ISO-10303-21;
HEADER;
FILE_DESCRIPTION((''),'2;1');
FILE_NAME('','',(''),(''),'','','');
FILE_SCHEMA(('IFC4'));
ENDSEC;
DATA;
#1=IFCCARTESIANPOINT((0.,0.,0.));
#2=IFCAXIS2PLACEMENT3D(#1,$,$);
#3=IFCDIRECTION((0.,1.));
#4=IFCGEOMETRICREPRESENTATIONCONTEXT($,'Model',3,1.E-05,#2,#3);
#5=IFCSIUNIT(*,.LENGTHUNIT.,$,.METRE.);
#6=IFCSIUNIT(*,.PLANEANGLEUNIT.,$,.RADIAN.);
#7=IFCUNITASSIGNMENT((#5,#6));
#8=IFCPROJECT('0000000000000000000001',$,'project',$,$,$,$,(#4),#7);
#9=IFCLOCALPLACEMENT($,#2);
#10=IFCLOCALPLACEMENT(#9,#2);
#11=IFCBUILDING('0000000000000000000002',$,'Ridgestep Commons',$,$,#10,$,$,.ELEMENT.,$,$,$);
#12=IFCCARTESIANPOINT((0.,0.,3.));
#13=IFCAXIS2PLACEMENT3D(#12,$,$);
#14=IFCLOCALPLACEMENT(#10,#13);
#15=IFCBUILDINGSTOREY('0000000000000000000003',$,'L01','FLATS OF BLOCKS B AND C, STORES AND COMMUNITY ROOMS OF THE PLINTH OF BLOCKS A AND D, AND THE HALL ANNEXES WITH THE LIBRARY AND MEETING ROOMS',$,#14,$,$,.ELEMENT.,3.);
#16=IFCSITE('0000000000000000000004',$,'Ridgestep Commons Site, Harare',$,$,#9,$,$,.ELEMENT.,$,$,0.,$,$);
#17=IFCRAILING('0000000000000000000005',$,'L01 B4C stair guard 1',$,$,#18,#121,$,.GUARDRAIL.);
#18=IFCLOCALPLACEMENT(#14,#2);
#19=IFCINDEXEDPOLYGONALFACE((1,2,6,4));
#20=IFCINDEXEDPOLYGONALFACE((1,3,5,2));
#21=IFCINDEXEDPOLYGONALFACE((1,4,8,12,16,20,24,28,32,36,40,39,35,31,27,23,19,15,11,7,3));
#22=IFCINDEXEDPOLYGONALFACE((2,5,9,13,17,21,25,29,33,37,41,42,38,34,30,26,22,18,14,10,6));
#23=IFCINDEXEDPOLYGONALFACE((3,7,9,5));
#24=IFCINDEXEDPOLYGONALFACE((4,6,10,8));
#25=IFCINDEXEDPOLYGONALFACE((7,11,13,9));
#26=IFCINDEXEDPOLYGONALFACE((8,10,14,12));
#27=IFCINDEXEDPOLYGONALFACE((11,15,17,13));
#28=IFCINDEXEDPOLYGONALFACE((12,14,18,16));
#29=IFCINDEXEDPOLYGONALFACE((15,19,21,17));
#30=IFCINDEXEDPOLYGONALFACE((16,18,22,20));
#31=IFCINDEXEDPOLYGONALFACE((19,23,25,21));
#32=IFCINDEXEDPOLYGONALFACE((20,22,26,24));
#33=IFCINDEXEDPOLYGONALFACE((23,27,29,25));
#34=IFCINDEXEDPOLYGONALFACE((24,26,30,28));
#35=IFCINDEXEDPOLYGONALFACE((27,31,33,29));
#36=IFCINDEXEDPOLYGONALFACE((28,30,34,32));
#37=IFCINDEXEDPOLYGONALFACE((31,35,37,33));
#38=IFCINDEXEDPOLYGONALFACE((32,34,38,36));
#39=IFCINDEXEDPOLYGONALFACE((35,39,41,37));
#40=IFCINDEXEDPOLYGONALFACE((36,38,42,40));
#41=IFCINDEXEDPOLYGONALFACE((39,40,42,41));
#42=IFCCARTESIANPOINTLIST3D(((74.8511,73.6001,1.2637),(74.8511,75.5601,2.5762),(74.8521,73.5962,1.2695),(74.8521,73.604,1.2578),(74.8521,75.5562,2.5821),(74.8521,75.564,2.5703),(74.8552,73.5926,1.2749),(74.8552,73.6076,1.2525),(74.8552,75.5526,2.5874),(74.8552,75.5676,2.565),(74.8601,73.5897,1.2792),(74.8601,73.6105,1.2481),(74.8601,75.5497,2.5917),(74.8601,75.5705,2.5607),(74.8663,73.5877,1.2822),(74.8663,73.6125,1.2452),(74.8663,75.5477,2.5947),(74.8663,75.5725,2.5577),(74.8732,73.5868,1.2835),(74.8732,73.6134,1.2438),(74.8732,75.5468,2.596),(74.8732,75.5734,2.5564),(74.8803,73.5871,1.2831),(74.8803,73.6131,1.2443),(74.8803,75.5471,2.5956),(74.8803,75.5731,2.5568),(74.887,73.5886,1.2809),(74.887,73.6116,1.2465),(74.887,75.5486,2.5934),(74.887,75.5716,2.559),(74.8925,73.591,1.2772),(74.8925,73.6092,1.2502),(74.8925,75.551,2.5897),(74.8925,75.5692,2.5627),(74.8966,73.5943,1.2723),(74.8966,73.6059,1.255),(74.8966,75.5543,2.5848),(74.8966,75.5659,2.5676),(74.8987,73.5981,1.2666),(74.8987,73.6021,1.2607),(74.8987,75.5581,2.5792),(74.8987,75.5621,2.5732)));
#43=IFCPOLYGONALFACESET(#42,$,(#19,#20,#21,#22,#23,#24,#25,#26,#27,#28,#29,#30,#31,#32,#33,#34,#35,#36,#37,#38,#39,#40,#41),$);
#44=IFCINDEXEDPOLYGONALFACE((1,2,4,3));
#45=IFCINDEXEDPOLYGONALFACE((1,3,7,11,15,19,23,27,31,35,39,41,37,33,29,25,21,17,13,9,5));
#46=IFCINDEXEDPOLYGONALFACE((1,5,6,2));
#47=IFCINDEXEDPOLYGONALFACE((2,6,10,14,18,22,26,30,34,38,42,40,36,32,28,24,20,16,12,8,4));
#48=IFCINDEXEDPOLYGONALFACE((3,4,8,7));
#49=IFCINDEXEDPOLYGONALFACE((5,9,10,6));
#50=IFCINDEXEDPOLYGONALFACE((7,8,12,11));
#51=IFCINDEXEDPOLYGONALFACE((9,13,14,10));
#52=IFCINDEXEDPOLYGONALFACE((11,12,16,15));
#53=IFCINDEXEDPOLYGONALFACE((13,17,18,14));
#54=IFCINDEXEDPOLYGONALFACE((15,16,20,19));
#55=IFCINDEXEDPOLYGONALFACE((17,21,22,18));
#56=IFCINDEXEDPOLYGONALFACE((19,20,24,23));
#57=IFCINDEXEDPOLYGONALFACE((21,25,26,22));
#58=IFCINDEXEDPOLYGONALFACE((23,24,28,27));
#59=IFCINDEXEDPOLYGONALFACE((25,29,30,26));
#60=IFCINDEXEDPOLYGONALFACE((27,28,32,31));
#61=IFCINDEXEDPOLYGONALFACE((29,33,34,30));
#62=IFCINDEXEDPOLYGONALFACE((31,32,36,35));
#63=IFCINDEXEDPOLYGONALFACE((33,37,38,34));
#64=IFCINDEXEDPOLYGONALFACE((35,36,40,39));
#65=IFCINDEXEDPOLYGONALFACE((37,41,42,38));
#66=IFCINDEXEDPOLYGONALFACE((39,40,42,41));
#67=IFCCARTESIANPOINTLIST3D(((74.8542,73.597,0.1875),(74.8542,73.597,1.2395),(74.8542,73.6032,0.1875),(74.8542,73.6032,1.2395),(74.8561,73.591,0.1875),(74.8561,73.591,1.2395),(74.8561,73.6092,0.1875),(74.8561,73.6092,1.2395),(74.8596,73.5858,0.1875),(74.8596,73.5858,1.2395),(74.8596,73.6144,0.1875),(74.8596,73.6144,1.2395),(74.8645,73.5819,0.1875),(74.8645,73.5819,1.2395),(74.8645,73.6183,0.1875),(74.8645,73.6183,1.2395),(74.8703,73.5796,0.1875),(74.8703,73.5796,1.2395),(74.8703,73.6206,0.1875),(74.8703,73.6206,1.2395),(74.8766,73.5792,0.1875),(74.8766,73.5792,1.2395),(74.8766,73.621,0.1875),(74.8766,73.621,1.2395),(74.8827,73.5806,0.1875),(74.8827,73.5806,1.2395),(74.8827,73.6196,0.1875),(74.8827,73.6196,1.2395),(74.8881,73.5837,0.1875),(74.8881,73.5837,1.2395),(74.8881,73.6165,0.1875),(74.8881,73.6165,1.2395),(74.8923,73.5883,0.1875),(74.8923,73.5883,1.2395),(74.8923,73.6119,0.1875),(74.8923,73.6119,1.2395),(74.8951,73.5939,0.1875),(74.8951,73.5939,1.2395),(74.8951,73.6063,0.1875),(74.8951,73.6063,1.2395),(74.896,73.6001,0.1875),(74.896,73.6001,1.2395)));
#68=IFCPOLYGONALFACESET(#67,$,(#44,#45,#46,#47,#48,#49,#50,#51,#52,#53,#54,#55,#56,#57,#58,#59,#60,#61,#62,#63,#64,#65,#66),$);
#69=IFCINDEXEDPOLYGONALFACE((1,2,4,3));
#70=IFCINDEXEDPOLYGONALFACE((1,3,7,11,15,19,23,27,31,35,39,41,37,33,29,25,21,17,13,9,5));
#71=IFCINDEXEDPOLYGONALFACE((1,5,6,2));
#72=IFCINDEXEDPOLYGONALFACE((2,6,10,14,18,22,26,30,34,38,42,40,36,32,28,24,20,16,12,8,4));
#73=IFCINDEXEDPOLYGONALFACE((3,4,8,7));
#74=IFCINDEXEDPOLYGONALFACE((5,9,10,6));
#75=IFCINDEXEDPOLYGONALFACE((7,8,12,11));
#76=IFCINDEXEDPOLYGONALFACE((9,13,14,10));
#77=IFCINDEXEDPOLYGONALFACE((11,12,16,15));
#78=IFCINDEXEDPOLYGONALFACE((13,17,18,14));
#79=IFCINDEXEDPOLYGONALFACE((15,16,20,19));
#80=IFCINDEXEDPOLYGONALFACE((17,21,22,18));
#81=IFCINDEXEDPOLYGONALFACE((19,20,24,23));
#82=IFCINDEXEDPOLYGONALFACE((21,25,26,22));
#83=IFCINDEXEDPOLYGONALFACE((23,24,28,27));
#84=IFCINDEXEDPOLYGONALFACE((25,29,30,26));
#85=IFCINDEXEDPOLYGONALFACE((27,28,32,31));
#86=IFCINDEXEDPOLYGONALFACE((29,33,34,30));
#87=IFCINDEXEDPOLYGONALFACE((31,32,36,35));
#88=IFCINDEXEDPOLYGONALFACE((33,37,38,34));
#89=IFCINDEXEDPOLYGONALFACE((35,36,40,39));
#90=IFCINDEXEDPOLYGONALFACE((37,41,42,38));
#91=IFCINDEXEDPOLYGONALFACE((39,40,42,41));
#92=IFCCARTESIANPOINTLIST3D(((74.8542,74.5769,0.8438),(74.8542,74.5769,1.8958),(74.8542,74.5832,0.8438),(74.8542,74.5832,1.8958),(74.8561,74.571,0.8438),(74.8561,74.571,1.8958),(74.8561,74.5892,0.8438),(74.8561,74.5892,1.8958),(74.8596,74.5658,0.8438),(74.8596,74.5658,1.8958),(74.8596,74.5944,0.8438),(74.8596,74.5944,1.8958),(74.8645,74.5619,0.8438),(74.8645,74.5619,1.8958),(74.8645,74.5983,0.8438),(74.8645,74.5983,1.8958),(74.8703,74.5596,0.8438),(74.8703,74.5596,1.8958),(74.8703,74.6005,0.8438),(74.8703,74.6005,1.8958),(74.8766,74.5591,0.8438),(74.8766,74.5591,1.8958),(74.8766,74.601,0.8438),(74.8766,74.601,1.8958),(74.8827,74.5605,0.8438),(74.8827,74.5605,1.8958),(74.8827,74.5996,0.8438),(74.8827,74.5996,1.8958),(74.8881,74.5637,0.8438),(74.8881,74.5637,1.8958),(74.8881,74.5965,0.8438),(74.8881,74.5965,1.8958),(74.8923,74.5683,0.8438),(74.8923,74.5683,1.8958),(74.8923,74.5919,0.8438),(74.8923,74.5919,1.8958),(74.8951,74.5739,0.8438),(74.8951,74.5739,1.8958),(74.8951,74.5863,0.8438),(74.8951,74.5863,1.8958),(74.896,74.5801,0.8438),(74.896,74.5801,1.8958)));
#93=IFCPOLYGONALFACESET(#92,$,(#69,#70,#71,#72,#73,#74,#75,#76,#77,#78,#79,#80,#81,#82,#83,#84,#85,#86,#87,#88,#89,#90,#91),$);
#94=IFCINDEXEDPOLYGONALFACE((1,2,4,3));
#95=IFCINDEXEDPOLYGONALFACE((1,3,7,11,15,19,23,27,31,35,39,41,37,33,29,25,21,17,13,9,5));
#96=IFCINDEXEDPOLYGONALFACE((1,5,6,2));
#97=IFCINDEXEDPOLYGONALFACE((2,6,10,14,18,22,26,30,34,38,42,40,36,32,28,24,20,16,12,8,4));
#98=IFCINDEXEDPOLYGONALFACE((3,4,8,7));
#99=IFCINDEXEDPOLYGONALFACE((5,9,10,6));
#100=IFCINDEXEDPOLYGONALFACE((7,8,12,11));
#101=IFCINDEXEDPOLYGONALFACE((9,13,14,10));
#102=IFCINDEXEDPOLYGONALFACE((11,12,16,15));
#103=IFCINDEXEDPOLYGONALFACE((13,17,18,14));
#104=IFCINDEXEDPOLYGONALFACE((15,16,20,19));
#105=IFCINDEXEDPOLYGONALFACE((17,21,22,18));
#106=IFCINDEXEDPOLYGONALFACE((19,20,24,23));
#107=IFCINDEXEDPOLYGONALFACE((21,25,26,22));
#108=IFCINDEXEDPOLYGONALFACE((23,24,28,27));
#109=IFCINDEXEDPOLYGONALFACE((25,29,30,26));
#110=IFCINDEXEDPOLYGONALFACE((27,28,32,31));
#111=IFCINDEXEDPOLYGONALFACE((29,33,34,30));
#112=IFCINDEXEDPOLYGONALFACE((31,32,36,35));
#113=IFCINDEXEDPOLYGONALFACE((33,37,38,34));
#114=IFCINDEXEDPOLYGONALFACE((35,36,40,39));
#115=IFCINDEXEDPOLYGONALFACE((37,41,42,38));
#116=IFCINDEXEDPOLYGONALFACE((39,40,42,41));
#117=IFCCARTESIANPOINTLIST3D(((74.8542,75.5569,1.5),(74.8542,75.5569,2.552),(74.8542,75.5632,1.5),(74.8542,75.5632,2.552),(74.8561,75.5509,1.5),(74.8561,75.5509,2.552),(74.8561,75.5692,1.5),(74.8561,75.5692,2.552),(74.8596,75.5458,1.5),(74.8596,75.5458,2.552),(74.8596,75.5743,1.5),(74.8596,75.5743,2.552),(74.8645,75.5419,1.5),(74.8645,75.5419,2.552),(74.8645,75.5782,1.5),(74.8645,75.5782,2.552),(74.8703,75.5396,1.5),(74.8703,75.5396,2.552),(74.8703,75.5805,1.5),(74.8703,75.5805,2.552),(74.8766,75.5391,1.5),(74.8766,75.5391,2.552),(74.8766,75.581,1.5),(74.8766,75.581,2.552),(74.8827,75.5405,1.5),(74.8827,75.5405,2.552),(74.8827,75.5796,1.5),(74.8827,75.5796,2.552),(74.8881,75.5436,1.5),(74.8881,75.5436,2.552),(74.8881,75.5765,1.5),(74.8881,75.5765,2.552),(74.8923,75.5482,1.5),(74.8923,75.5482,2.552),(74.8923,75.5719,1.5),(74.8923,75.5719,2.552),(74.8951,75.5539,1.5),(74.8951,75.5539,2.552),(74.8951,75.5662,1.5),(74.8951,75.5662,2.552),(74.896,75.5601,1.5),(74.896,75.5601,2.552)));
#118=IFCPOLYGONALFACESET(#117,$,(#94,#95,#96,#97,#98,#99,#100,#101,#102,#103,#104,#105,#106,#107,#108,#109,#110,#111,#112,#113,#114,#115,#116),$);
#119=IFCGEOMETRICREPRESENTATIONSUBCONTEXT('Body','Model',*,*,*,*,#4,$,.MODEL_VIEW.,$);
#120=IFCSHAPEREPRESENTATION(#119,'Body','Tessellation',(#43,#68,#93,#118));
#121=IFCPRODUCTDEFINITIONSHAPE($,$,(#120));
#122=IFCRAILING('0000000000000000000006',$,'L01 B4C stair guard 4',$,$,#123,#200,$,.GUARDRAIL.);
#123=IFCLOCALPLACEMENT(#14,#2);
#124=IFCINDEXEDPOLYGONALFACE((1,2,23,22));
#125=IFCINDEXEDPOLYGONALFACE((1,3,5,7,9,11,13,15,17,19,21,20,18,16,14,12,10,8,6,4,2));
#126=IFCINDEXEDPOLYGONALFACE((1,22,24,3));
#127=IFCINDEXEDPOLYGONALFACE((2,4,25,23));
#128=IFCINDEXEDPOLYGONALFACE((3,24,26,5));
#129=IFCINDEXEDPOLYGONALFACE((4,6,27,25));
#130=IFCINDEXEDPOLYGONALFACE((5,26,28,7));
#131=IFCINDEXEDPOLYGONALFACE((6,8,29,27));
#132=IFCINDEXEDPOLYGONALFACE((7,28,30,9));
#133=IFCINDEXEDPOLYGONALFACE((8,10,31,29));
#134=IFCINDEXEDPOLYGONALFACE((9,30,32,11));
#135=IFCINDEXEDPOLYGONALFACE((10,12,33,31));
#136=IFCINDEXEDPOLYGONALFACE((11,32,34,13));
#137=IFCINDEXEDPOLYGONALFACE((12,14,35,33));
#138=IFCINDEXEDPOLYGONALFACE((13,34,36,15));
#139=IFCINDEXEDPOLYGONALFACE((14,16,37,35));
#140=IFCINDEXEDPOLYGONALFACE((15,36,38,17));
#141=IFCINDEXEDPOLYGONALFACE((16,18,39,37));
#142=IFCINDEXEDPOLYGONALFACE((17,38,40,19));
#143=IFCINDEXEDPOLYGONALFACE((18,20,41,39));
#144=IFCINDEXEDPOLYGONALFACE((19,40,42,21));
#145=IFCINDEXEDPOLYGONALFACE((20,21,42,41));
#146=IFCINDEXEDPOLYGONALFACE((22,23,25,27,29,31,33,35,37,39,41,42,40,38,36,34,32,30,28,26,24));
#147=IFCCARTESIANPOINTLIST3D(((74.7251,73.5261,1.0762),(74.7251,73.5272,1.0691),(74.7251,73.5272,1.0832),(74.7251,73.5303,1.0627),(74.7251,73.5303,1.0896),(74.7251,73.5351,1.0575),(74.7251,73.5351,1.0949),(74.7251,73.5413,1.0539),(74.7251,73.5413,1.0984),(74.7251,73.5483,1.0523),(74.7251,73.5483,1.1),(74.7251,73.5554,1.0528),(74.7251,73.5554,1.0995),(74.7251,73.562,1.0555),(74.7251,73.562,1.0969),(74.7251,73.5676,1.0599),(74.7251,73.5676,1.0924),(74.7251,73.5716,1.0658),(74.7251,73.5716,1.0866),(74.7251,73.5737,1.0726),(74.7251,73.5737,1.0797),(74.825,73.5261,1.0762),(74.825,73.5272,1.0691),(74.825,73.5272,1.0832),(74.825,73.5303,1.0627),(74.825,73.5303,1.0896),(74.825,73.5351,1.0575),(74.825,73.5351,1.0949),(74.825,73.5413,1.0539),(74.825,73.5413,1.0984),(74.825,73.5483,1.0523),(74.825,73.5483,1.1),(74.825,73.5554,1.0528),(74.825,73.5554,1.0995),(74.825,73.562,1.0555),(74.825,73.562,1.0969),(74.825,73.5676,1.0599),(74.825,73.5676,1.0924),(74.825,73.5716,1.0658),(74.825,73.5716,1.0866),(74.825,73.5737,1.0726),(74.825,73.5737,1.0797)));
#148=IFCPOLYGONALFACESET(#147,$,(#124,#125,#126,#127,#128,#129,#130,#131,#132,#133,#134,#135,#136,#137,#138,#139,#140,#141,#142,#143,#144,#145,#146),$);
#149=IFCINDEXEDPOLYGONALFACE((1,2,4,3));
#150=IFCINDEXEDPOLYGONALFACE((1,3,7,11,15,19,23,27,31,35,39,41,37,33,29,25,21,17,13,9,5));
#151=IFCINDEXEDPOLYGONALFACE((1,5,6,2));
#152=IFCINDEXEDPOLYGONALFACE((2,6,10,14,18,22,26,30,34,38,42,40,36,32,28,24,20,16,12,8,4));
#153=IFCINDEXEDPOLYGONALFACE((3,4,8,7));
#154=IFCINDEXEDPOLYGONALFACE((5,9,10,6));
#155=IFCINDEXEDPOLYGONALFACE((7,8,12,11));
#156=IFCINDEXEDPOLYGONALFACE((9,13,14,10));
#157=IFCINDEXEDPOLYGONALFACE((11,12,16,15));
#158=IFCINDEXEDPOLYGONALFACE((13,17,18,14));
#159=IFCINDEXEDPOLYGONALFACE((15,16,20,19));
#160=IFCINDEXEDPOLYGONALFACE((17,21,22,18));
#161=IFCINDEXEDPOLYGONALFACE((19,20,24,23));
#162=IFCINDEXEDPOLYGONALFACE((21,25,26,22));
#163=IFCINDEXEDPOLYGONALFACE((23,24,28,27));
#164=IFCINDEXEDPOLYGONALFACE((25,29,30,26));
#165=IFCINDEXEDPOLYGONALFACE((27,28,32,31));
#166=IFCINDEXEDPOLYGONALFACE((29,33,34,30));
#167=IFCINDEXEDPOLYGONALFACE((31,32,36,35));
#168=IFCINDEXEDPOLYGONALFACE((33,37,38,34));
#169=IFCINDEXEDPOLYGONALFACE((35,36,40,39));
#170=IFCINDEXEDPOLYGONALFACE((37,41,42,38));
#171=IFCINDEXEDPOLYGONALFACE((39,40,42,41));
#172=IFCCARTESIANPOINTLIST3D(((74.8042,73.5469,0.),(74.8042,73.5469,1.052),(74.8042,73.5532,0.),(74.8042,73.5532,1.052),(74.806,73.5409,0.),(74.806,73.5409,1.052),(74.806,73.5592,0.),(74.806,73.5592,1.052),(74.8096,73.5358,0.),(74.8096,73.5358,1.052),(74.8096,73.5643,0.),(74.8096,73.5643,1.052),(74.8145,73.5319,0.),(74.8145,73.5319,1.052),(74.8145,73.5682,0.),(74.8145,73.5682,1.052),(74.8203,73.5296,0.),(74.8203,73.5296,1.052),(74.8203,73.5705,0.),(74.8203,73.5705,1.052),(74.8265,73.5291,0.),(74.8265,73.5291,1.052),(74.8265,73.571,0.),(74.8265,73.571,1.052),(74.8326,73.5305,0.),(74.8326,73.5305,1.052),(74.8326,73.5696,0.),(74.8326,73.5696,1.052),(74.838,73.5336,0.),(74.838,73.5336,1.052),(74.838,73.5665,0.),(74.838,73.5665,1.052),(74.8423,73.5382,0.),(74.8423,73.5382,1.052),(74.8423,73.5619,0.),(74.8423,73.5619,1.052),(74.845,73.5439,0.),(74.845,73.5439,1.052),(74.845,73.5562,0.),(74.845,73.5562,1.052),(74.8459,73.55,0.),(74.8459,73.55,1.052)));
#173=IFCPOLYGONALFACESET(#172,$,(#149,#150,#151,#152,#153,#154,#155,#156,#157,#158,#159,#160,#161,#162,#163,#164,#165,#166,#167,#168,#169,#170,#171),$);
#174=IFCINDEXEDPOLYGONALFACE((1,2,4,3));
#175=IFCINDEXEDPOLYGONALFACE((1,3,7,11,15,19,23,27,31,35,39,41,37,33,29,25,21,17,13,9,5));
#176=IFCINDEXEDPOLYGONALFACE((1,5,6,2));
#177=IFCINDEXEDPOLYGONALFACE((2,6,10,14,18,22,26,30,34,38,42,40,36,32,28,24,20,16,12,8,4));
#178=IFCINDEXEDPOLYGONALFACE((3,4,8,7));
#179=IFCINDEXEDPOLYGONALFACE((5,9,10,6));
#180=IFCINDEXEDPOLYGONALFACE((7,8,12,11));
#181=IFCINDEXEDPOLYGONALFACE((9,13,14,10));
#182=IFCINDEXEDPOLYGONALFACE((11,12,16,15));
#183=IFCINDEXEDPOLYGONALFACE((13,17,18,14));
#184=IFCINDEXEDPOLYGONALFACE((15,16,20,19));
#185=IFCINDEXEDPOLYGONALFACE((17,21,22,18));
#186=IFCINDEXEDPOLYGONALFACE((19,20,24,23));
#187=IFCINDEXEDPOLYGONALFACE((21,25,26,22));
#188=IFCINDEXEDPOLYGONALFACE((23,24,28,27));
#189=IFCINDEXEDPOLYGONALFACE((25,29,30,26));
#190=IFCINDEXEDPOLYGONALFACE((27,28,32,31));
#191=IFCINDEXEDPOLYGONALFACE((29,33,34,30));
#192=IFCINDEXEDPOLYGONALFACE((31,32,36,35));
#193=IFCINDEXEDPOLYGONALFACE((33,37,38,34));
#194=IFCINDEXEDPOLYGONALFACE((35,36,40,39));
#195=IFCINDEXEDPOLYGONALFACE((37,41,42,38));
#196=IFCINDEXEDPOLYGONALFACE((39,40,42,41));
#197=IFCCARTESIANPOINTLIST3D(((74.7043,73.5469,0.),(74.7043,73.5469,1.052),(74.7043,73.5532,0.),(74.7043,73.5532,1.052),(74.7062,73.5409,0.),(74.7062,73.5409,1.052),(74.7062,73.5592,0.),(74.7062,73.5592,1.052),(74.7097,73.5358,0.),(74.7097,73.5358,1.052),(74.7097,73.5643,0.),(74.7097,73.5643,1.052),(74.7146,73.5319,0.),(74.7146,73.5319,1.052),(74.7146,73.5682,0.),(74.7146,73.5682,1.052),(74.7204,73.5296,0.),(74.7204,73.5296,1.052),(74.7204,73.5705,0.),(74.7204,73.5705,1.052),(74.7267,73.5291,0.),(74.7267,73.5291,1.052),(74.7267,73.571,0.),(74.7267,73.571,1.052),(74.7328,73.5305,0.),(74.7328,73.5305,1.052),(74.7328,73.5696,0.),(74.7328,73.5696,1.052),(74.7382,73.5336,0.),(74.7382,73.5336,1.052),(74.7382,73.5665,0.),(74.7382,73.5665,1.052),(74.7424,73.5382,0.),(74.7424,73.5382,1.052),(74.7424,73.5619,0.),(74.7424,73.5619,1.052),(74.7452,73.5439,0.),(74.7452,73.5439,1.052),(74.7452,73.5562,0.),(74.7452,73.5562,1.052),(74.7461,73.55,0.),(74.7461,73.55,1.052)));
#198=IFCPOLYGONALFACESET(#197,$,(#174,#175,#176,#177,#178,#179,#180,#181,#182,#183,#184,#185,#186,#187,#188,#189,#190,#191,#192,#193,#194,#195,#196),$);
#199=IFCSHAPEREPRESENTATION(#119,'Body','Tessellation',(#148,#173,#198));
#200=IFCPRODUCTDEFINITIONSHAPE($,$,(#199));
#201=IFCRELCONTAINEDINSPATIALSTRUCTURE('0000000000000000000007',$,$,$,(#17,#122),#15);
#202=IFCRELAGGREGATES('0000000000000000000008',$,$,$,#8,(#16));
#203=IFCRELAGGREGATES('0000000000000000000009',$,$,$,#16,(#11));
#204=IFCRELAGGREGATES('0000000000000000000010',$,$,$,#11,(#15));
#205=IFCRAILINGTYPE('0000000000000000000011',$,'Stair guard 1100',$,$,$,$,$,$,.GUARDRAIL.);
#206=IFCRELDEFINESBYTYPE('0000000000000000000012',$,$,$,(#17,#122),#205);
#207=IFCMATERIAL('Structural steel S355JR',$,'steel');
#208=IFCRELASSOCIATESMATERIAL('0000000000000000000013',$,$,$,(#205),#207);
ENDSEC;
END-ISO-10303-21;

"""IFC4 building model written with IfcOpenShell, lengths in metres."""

from ifc_helpers import new_model, si_unit, direction, frame, origin, origin_2d, place, context, subcontext, project, spatial, circle, extrude, material, type_object, element, save


model = new_model("IFC4")

# Units and contexts
model_context = context("Model", 3, precision=1e-05, world=origin(), true_north=direction((0.0, 1.0)))
body_context = subcontext(model_context, "Body", "Model", "MODEL_VIEW")
ifc_project = project(units=[si_unit("LENGTHUNIT", "METRE"), si_unit("PLANEANGLEUNIT", "RADIAN")], contexts=[model_context])

# Site, building, storey
site_placement = place(None, origin())
site = spatial("IfcSite", under=ifc_project, at=site_placement, Name="Ridgestep Commons Site, Harare", CompositionType="ELEMENT", RefElevation=0.0)
building_placement = place(site_placement, origin())
building = spatial("IfcBuilding", under=site, at=building_placement, Name="Ridgestep Commons", CompositionType="ELEMENT")
storey_placement = place(building_placement, frame((0.0, 0.0, 3.0)))
storey = spatial("IfcBuildingStorey", under=building, at=storey_placement, Name="L01", Description="FLATS OF BLOCKS B AND C, STORES AND COMMUNITY ROOMS OF THE PLINTH OF BLOCKS A AND D, AND THE HALL ANNEXES WITH THE LIBRARY AND MEETING ROOMS", CompositionType="ELEMENT", Elevation=3.0)

# Railings
ifc_material_1 = material(Name="Structural steel S355JR", Category="steel")
railing_type_1 = type_object("IfcRailingType", Name="Stair guard 1100", PredefinedType="GUARDRAIL", material=ifc_material_1)
railing_1_placement = place(storey_placement, frame((74.875, 73.6001, 0.1875)))
element("IfcRailing", 1, at=railing_1_placement, inside=storey, type_object=railing_type_1, Name="L01 B4C stair guard 1", PredefinedType="GUARDRAIL", context=body_context, shape_type="SweptSolid", body=[
    extrude(circle(Radius=0.0239, at=origin_2d()), frame((0.0, 0.0, 1.0762), z_axis=(0.0, 0.830902, 0.556419), x_axis=(-1.0, 0.0, 0.0)), (0.0, 0.0, 1.0), 2.3589),
    extrude(circle(Radius=0.021, at=origin_2d()), origin(), (0.0, 0.0, 1.0), 1.052),
    extrude(circle(Radius=0.021, at=origin_2d()), frame((0.0, 0.98, 0.6562)), (0.0, 0.0, 1.0), 1.052),
    extrude(circle(Radius=0.021, at=origin_2d()), frame((0.0, 1.96, 1.3125)), (0.0, 0.0, 1.0), 1.052),
])
railing_2_placement = place(storey_placement, frame((74.825, 73.55, 0.0)))
element("IfcRailing", 2, at=railing_2_placement, inside=storey, type_object=railing_type_1, Name="L01 B4C stair guard 4", PredefinedType="GUARDRAIL", context=body_context, shape_type="SweptSolid", body=[
    extrude(circle(Radius=0.0239, at=origin_2d()), frame((0.0, 0.0, 1.0762), z_axis=(-1.0, 0.0, 0.0), x_axis=(0.0, -1.0, 0.0)), (0.0, 0.0, 1.0), 0.0999),
    extrude(circle(Radius=0.021, at=origin_2d()), origin(), (0.0, 0.0, 1.0), 1.052),
    extrude(circle(Radius=0.021, at=origin_2d()), frame((-0.0999, 0.0, 0.0)), (0.0, 0.0, 1.0), 1.052),
])

save(model, "model.ifc")
